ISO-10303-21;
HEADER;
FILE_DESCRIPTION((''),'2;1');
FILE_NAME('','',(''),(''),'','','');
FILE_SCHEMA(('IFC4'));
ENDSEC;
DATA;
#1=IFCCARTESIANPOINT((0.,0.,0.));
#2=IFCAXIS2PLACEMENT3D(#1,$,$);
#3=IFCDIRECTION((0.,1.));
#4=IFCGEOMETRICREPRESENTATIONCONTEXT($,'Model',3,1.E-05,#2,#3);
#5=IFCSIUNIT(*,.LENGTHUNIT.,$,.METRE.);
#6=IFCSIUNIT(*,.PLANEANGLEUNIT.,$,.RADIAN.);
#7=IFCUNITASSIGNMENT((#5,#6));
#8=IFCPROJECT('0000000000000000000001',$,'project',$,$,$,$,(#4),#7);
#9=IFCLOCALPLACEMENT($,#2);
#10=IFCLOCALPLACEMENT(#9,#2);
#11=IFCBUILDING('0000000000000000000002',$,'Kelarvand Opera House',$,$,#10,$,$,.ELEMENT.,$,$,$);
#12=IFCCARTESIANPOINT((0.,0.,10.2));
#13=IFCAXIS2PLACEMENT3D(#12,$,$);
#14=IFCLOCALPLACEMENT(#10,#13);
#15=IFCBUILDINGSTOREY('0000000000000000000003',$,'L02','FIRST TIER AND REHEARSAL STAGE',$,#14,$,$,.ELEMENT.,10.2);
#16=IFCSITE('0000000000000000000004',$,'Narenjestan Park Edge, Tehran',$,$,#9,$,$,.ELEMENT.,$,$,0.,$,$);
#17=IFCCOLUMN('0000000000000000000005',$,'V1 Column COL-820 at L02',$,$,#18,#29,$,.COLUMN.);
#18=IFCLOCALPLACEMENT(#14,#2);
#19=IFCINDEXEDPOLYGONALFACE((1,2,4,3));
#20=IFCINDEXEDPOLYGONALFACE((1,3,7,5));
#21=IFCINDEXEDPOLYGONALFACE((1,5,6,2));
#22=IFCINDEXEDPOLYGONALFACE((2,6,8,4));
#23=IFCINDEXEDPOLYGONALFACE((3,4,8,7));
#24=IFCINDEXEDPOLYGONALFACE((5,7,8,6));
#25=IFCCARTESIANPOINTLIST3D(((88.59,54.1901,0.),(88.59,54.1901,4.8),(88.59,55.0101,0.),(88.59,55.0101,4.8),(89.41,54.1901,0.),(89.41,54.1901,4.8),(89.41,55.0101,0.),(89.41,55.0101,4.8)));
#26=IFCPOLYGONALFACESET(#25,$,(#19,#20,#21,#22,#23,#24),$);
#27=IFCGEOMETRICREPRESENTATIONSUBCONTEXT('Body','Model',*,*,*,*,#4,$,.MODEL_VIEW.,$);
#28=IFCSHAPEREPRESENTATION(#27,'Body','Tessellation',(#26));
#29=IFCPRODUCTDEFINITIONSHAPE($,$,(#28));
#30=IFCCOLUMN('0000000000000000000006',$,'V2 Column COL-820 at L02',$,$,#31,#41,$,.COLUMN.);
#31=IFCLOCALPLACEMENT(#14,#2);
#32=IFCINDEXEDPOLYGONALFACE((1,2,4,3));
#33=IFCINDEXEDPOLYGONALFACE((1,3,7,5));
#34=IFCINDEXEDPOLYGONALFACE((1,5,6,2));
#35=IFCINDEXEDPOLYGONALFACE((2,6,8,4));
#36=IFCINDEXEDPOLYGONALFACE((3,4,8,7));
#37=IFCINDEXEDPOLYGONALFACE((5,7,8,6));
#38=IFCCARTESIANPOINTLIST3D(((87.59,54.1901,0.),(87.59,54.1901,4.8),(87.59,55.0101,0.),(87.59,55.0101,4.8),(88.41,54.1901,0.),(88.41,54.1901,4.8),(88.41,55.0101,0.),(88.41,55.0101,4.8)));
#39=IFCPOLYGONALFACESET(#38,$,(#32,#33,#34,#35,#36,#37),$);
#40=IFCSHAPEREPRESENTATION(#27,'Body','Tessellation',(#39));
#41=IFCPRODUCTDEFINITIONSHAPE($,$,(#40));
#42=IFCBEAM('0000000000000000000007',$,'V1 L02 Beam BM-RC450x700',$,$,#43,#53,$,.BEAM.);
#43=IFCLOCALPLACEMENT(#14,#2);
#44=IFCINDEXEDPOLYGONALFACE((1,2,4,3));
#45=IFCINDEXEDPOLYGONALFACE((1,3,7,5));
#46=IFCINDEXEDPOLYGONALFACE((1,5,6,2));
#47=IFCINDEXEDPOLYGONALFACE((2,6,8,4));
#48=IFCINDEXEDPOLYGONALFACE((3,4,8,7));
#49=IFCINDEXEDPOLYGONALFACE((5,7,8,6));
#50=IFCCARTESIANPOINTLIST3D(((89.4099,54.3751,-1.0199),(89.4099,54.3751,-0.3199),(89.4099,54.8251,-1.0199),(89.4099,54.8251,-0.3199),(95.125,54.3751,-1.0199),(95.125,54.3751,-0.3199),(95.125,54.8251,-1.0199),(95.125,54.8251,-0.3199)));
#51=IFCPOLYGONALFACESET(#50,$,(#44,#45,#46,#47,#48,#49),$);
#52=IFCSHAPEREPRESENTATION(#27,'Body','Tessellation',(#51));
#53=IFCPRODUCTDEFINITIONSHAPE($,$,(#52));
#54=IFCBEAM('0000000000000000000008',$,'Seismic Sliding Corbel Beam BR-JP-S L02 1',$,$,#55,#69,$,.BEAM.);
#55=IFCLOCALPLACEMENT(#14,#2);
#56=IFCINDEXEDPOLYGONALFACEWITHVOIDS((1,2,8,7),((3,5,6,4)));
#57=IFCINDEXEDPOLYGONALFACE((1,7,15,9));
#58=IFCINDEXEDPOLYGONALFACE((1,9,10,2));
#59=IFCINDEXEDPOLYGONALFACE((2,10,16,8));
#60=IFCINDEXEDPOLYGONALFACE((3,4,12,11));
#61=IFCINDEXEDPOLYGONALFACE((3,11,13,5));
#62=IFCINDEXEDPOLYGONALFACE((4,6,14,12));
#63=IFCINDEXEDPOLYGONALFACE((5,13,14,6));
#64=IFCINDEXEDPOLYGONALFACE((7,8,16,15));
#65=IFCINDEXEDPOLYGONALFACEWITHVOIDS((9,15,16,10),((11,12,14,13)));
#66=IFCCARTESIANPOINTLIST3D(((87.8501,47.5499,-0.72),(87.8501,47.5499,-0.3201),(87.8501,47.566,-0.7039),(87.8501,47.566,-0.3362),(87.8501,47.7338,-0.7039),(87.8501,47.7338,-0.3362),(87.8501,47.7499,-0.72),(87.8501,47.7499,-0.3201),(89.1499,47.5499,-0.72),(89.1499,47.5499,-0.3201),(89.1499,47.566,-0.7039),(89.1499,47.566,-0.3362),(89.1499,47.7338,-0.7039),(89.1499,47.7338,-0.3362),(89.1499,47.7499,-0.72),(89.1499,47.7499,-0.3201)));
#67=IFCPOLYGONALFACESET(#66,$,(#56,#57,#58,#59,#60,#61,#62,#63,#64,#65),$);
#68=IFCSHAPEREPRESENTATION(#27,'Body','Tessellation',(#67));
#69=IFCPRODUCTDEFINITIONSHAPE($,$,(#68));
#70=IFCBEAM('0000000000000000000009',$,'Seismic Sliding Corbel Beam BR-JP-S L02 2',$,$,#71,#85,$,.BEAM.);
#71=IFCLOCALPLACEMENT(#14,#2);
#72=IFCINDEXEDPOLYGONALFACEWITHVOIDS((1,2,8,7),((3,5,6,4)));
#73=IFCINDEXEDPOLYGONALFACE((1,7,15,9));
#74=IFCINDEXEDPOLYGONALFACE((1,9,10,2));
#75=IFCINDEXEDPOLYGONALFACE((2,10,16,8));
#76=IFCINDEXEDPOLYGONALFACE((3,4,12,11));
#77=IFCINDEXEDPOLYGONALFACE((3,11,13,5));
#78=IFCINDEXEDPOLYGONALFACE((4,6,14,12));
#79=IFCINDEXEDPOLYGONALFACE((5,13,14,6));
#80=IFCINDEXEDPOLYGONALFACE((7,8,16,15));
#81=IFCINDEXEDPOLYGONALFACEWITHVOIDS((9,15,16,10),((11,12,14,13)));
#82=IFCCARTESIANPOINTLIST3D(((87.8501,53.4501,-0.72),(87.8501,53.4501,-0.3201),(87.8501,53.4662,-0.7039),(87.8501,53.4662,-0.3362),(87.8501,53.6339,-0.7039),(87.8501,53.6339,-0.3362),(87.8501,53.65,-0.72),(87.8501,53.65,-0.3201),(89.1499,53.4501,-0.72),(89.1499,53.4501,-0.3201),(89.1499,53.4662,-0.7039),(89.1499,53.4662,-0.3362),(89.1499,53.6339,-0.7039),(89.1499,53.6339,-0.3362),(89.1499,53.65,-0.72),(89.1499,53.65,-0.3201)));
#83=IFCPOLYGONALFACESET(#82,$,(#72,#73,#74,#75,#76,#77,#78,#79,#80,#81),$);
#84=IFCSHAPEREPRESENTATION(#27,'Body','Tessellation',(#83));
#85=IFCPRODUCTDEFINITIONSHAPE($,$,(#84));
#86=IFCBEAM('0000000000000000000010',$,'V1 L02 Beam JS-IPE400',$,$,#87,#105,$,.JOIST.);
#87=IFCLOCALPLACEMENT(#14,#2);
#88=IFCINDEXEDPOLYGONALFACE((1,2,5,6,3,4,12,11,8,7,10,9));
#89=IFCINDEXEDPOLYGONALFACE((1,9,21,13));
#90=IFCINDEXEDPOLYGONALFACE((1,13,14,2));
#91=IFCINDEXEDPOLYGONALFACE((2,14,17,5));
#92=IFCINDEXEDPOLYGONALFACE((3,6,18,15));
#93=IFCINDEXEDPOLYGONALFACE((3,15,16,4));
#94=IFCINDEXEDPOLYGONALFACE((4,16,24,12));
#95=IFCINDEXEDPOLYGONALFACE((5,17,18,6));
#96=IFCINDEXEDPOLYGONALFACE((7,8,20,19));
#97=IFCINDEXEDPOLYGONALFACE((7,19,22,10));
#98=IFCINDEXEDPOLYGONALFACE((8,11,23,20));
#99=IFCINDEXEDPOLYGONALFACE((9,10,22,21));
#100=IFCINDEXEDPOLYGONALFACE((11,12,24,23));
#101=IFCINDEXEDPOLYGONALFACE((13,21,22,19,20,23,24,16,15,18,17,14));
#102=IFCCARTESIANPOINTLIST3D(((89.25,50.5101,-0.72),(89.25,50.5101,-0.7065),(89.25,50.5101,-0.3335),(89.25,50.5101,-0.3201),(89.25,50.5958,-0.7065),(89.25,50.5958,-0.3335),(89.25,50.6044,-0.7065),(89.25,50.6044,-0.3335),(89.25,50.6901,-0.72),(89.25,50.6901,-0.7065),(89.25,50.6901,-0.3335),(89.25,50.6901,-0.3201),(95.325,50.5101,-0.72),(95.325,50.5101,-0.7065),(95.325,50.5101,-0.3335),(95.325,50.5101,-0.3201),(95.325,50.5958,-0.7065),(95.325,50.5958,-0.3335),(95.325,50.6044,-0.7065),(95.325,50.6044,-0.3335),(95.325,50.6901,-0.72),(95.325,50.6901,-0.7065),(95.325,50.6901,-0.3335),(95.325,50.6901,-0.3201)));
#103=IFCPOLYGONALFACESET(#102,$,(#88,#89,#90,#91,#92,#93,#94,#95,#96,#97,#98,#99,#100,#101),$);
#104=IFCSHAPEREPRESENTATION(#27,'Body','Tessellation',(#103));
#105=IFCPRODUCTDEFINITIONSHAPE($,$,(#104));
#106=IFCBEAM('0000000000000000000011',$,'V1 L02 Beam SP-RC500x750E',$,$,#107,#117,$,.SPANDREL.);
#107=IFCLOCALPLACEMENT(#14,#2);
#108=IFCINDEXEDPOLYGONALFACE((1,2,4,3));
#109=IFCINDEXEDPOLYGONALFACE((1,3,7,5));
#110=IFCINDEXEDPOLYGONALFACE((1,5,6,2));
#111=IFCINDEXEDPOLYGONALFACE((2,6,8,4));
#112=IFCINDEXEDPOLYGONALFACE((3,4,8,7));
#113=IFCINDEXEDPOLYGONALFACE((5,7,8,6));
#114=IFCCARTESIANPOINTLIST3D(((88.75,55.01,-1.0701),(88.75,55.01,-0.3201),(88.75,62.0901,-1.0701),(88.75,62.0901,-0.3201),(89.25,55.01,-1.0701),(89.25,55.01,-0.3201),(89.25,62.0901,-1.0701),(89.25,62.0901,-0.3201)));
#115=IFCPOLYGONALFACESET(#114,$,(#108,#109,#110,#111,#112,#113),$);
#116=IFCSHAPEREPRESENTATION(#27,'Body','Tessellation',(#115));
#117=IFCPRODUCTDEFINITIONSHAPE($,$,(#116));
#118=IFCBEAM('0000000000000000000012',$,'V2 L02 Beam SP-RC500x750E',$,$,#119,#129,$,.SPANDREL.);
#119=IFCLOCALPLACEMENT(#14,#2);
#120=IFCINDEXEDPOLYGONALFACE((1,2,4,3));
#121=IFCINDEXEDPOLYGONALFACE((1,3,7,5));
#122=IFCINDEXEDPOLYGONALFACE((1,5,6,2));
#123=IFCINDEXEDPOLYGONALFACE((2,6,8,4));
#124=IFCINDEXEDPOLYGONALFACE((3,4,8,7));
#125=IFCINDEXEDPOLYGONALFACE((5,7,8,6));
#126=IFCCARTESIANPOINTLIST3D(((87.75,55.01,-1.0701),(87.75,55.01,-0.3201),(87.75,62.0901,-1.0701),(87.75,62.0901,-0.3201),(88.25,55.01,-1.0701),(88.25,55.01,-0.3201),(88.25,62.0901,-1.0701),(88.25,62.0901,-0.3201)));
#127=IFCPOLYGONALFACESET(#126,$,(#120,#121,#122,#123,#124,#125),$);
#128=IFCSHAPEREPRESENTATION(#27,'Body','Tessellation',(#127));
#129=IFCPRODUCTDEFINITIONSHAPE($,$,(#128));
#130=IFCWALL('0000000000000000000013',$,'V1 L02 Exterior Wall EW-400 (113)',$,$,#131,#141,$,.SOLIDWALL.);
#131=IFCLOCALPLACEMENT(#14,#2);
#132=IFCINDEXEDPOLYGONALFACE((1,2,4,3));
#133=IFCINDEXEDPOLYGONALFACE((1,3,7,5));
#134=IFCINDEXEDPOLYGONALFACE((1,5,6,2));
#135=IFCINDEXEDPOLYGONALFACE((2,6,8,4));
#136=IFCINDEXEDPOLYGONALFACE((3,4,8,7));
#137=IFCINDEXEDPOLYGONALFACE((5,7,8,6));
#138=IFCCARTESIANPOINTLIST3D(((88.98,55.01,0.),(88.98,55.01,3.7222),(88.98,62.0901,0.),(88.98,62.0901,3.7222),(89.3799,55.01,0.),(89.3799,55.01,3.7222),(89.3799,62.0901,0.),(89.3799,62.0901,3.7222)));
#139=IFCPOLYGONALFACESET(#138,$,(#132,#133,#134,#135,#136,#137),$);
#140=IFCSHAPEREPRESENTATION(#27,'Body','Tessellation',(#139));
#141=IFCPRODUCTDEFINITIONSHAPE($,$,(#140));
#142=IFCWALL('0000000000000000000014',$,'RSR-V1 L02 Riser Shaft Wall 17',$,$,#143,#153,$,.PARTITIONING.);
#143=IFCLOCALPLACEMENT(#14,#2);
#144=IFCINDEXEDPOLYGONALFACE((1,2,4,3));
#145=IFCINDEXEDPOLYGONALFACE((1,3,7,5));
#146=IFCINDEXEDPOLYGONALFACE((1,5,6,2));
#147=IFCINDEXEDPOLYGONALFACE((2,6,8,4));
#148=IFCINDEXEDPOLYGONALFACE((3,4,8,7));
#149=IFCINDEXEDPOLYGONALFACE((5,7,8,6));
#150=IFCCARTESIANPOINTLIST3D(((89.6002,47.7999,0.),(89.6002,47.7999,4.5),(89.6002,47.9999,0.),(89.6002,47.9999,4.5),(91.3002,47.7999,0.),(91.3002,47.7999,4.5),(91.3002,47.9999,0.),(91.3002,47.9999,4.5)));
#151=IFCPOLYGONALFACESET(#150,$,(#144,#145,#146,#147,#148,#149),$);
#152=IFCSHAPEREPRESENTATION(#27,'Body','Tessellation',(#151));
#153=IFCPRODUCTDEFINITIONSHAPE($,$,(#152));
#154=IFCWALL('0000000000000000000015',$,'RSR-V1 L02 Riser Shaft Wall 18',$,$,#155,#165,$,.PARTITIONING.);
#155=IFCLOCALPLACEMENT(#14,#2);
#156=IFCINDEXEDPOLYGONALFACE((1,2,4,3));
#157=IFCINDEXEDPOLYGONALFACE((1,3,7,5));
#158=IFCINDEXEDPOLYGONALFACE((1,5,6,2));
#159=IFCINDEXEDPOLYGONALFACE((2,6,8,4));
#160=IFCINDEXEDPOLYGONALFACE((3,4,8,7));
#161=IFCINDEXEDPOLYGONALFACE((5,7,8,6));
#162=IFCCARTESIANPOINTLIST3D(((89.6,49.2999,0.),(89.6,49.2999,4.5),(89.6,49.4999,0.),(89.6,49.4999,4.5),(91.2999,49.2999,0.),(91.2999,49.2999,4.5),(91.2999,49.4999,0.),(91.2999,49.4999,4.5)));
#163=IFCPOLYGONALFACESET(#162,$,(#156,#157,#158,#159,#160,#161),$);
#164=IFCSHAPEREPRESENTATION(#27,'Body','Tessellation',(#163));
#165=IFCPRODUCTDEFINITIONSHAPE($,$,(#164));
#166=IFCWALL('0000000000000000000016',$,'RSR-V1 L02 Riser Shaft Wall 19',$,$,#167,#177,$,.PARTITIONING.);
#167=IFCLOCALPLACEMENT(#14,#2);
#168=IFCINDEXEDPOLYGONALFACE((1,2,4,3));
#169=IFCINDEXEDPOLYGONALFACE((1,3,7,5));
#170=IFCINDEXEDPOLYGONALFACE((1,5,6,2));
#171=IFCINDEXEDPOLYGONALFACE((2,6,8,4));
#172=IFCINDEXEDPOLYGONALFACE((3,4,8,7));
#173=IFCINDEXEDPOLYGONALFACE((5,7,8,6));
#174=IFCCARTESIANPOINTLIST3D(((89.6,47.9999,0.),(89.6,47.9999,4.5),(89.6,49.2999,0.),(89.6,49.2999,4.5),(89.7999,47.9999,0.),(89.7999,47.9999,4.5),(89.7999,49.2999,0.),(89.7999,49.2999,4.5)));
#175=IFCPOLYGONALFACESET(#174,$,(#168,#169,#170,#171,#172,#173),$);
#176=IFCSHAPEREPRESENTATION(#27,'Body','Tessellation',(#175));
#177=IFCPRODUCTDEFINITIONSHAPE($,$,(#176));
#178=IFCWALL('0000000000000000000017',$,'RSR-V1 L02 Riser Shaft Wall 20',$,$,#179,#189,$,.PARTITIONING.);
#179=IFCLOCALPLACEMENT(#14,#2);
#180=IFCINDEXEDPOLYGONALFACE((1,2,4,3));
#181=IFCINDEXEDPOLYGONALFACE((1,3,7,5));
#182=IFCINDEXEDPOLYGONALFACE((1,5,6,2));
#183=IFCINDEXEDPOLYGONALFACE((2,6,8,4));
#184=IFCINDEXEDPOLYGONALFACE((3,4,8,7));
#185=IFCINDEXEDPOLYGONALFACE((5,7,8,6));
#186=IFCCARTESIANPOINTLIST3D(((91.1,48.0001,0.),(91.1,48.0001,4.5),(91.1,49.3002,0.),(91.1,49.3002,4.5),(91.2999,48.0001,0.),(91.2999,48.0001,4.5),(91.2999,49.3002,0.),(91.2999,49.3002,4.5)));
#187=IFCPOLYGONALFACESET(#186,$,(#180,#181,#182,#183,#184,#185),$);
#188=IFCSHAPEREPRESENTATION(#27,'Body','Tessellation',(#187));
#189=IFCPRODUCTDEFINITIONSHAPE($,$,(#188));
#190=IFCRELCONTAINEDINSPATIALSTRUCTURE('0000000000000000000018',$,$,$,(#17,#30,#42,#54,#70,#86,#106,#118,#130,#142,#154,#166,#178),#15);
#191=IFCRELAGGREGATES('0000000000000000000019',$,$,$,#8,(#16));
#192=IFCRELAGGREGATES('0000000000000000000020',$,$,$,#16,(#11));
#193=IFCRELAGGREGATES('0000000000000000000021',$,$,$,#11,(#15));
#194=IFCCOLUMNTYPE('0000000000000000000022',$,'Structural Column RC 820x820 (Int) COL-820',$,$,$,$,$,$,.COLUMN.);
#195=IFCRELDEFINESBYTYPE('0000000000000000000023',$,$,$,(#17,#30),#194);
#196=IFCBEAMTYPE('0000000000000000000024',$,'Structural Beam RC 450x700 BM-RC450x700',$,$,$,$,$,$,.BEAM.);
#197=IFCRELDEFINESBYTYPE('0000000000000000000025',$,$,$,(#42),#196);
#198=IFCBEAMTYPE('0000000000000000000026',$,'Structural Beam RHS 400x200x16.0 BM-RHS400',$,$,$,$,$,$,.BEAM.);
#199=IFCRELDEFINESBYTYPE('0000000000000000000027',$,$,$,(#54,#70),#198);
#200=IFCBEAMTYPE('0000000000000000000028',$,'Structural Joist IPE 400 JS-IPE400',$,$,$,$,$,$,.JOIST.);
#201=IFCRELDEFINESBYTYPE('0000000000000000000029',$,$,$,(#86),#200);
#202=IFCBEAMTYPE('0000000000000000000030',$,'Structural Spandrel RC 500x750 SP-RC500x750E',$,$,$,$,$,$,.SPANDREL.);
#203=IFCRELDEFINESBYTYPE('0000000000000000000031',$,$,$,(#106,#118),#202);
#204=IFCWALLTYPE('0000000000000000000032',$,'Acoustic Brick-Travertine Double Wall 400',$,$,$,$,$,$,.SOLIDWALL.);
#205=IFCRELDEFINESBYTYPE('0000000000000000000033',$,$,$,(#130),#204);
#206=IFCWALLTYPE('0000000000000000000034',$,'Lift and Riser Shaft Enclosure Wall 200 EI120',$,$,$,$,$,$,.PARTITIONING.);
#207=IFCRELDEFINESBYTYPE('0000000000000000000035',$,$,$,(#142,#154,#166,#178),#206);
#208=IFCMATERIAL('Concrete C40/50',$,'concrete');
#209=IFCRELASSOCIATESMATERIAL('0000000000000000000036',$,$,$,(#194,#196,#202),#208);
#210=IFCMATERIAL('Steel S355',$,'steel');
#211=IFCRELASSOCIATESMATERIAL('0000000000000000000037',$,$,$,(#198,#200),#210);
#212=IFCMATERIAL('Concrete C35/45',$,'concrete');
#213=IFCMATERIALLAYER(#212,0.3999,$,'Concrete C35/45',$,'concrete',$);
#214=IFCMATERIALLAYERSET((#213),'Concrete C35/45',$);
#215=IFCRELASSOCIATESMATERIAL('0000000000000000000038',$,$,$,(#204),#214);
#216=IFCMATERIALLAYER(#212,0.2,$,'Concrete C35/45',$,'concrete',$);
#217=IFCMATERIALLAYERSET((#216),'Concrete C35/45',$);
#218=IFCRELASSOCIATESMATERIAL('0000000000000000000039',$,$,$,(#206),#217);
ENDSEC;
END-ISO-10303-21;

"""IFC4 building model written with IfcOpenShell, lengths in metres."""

from ifc_helpers import new_model, si_unit, direction, frame, frame_2d, origin, origin_2d, place, context, subcontext, project, spatial, rectangle, hollow_rectangle, i_section, extrude, material, layer, layer_set, material_profile, profile_set, type_object, element, save


model = new_model("IFC4")

# Units and contexts
model_context = context("Model", 3, precision=1e-05, world=origin(), true_north=direction((0.0, 1.0)))
body_context = subcontext(model_context, "Body", "Model", "MODEL_VIEW")
ifc_project = project(units=[si_unit("LENGTHUNIT", "METRE"), si_unit("PLANEANGLEUNIT", "RADIAN")], contexts=[model_context])

# Site, building, storey
site_placement = place(None, origin())
site = spatial("IfcSite", under=ifc_project, at=site_placement, Name="Narenjestan Park Edge, Tehran", CompositionType="ELEMENT", RefElevation=0.0)
building_placement = place(site_placement, origin())
building = spatial("IfcBuilding", under=site, at=building_placement, Name="Kelarvand Opera House", CompositionType="ELEMENT")
storey_placement = place(building_placement, frame((0.0, 0.0, 10.2)))
storey = spatial("IfcBuildingStorey", under=building, at=storey_placement, Name="L02", Description="FIRST TIER AND REHEARSAL STAGE", CompositionType="ELEMENT", Elevation=10.2)

# Columns
ifc_material_1 = material(Name="Concrete C40/50", Category="concrete")
ifc_material_profile_1 = material_profile(ifc_material_1, rectangle(XDim=0.8201, YDim=0.8201, at=origin_2d()), Name="RC 820x820", Category="concrete")
ifc_profile_set_1 = profile_set([ifc_material_profile_1], Name="Concrete C40/50")
column_type = type_object("IfcColumnType", Name="Structural Column RC 820x820 (Int) COL-820", PredefinedType="COLUMN", material=ifc_profile_set_1)
for number, where, z_axis, x_axis, name in (
    (1, (89.0, 54.6001, 0.0), (0.0, 0.0, 1.0), (1.0, 0.0, 0.0), "V1 Column COL-820 at L02"),
    (2, (88.0, 54.6001, 0.0), (0.0, 0.0, 1.0), (1.0, 0.0, 0.0), "V2 Column COL-820 at L02"),
):
    element("IfcColumn", number, at=place(storey_placement, frame(where, z_axis=z_axis, x_axis=x_axis)), inside=storey, type_object=column_type, Name=name, PredefinedType="COLUMN", context=body_context, shape_type="SweptSolid", body=[
        extrude(rectangle(XDim=0.8201, YDim=0.8201, at=origin_2d()), origin(), (0.0, 0.0, 1.0), 4.8),
    ])

# Beams
ifc_material_profile_2 = material_profile(ifc_material_1, rectangle(XDim=0.45, YDim=0.7, at=origin_2d()), Name="RC 450x700", Category="concrete")
ifc_profile_set_2 = profile_set([ifc_material_profile_2], Name="Concrete C40/50")
beam_type_1 = type_object("IfcBeamType", Name="Structural Beam RC 450x700 BM-RC450x700", PredefinedType="BEAM", material=ifc_profile_set_2)
beam_1_placement = place(storey_placement, frame((89.4099, 54.6001, -0.6699), z_axis=(1.0, 0.0, 0.0), x_axis=(0.0, 1.0, 0.0)))
element("IfcBeam", 3, at=beam_1_placement, inside=storey, type_object=beam_type_1, Name="V1 L02 Beam BM-RC450x700", PredefinedType="BEAM", context=body_context, shape_type="SweptSolid", body=[
    extrude(rectangle(XDim=0.45, YDim=0.7, at=origin_2d()), origin(), (0.0, 0.0, 1.0), 5.7151),
])
ifc_material_2 = material(Name="Steel S355", Category="steel")
ifc_material_profile_3 = material_profile(ifc_material_2, hollow_rectangle(XDim=0.2, YDim=0.3999, WallThickness=0.0161, at=origin_2d()), Name="RHS 400x200x16.0", Category="steel")
ifc_profile_set_3 = profile_set([ifc_material_profile_3], Name="Steel S355")
beam_type_2 = type_object("IfcBeamType", Name="Structural Beam RHS 400x200x16.0 BM-RHS400", PredefinedType="BEAM", material=ifc_profile_set_3)
for number, where, z_axis, x_axis, name in (
    (4, (87.8501, 47.6499, -0.52), (1.0, 0.0, 0.0), (0.0, 1.0, 0.0), "Seismic Sliding Corbel Beam BR-JP-S L02 1"),
    (5, (87.8501, 53.55, -0.52), (1.0, 0.0, 0.0), (0.0, 1.0, 0.0), "Seismic Sliding Corbel Beam BR-JP-S L02 2"),
):
    element("IfcBeam", number, at=place(storey_placement, frame(where, z_axis=z_axis, x_axis=x_axis)), inside=storey, type_object=beam_type_2, Name=name, PredefinedType="BEAM", context=body_context, shape_type="SweptSolid", body=[
        extrude(hollow_rectangle(XDim=0.2, YDim=0.3999, WallThickness=0.0161, at=origin_2d()), origin(), (0.0, 0.0, 1.0), 1.2998),
    ])
ifc_material_profile_4 = material_profile(ifc_material_2, i_section(OverallWidth=0.1799, OverallDepth=0.3999, WebThickness=0.0085, FlangeThickness=0.0134, at=origin_2d()), Name="IPE 400", Category="steel")
ifc_profile_set_4 = profile_set([ifc_material_profile_4], Name="Steel S355")
beam_type_3 = type_object("IfcBeamType", Name="Structural Joist IPE 400 JS-IPE400", PredefinedType="JOIST", material=ifc_profile_set_4)
beam_2_placement = place(storey_placement, frame((89.25, 50.6001, -0.52), z_axis=(1.0, 0.0, 0.0), x_axis=(0.0, 1.0, 0.0)))
element("IfcBeam", 6, at=beam_2_placement, inside=storey, type_object=beam_type_3, Name="V1 L02 Beam JS-IPE400", PredefinedType="JOIST", context=body_context, shape_type="SweptSolid", body=[
    extrude(i_section(OverallWidth=0.1799, OverallDepth=0.3999, WebThickness=0.0085, FlangeThickness=0.0134, at=origin_2d()), origin(), (0.0, 0.0, 1.0), 6.075),
])
ifc_material_profile_5 = material_profile(ifc_material_1, rectangle(XDim=0.5, YDim=0.75, at=origin_2d()), Name="RC 500x750", Category="concrete")
ifc_profile_set_5 = profile_set([ifc_material_profile_5], Name="Concrete C40/50")
beam_type_4 = type_object("IfcBeamType", Name="Structural Spandrel RC 500x750 SP-RC500x750E", PredefinedType="SPANDREL", material=ifc_profile_set_5)
for number, where, z_axis, x_axis, name in (
    (7, (89.0, 55.01, -0.6951), (0.0, 1.0, 0.0), (-1.0, 0.0, 0.0), "V1 L02 Beam SP-RC500x750E"),
    (8, (88.0, 55.01, -0.6951), (0.0, 1.0, 0.0), (-1.0, 0.0, 0.0), "V2 L02 Beam SP-RC500x750E"),
):
    element("IfcBeam", number, at=place(storey_placement, frame(where, z_axis=z_axis, x_axis=x_axis)), inside=storey, type_object=beam_type_4, Name=name, PredefinedType="SPANDREL", context=body_context, shape_type="SweptSolid", body=[
        extrude(rectangle(XDim=0.5, YDim=0.75, at=origin_2d()), origin(), (0.0, 0.0, 1.0), 7.0801),
    ])

# Walls
ifc_material_3 = material(Name="Concrete C35/45", Category="concrete")
ifc_layer_1 = layer(ifc_material_3, 0.3999, Name="Concrete C35/45", Category="concrete")
ifc_layer_set_1 = layer_set([ifc_layer_1], Name="Concrete C35/45")
wall_type_1 = type_object("IfcWallType", Name="Acoustic Brick-Travertine Double Wall 400", PredefinedType="SOLIDWALL", material=ifc_layer_set_1)
wall_1_placement = place(storey_placement, frame((89.1799, 55.01, 0.0), z_axis=(0.0, 0.0, 1.0), x_axis=(0.0, 1.0, 0.0)))
element("IfcWall", 9, at=wall_1_placement, inside=storey, type_object=wall_type_1, Name="V1 L02 Exterior Wall EW-400 (113)", PredefinedType="SOLIDWALL", context=body_context, shape_type="SweptSolid", body=[
    extrude(rectangle(XDim=7.0801, YDim=0.3999, at=frame_2d((3.54, 0.0))), origin(), (0.0, 0.0, 1.0), 3.7222),
])
ifc_layer_2 = layer(ifc_material_3, 0.2, Name="Concrete C35/45", Category="concrete")
ifc_layer_set_2 = layer_set([ifc_layer_2], Name="Concrete C35/45")
wall_type_2 = type_object("IfcWallType", Name="Lift and Riser Shaft Enclosure Wall 200 EI120", PredefinedType="PARTITIONING", material=ifc_layer_set_2)
for number, where, z_axis, x_axis, name in (
    (10, (89.6001, 47.8999, 0.0), (0.0, 0.0, 1.0), (1.0, 0.0, 0.0), "RSR-V1 L02 Riser Shaft Wall 17"),
    (11, (91.3, 49.3999, 0.0), (0.0, 0.0, 1.0), (-1.0, 0.0, 0.0), "RSR-V1 L02 Riser Shaft Wall 18"),
):
    element("IfcWall", number, at=place(storey_placement, frame(where, z_axis=z_axis, x_axis=x_axis)), inside=storey, type_object=wall_type_2, Name=name, PredefinedType="PARTITIONING", context=body_context, shape_type="SweptSolid", body=[
        extrude(rectangle(XDim=1.7, YDim=0.2, at=frame_2d((0.8501, 0.0))), origin(), (0.0, 0.0, 1.0), 4.5),
    ])
for number, where, z_axis, x_axis, name in (
    (12, (89.7, 48.0, 0.0), (0.0, 0.0, 1.0), (0.0, 1.0, 0.0), "RSR-V1 L02 Riser Shaft Wall 19"),
    (13, (91.2, 49.3, 0.0), (0.0, 0.0, 1.0), (0.0, -1.0, 0.0), "RSR-V1 L02 Riser Shaft Wall 20"),
):
    element("IfcWall", number, at=place(storey_placement, frame(where, z_axis=z_axis, x_axis=x_axis)), inside=storey, type_object=wall_type_2, Name=name, PredefinedType="PARTITIONING", context=body_context, shape_type="SweptSolid", body=[
        extrude(rectangle(XDim=1.3, YDim=0.2, at=frame_2d((0.6499, 0.0))), origin(), (0.0, 0.0, 1.0), 4.5),
    ])

save(model, "model.ifc")
